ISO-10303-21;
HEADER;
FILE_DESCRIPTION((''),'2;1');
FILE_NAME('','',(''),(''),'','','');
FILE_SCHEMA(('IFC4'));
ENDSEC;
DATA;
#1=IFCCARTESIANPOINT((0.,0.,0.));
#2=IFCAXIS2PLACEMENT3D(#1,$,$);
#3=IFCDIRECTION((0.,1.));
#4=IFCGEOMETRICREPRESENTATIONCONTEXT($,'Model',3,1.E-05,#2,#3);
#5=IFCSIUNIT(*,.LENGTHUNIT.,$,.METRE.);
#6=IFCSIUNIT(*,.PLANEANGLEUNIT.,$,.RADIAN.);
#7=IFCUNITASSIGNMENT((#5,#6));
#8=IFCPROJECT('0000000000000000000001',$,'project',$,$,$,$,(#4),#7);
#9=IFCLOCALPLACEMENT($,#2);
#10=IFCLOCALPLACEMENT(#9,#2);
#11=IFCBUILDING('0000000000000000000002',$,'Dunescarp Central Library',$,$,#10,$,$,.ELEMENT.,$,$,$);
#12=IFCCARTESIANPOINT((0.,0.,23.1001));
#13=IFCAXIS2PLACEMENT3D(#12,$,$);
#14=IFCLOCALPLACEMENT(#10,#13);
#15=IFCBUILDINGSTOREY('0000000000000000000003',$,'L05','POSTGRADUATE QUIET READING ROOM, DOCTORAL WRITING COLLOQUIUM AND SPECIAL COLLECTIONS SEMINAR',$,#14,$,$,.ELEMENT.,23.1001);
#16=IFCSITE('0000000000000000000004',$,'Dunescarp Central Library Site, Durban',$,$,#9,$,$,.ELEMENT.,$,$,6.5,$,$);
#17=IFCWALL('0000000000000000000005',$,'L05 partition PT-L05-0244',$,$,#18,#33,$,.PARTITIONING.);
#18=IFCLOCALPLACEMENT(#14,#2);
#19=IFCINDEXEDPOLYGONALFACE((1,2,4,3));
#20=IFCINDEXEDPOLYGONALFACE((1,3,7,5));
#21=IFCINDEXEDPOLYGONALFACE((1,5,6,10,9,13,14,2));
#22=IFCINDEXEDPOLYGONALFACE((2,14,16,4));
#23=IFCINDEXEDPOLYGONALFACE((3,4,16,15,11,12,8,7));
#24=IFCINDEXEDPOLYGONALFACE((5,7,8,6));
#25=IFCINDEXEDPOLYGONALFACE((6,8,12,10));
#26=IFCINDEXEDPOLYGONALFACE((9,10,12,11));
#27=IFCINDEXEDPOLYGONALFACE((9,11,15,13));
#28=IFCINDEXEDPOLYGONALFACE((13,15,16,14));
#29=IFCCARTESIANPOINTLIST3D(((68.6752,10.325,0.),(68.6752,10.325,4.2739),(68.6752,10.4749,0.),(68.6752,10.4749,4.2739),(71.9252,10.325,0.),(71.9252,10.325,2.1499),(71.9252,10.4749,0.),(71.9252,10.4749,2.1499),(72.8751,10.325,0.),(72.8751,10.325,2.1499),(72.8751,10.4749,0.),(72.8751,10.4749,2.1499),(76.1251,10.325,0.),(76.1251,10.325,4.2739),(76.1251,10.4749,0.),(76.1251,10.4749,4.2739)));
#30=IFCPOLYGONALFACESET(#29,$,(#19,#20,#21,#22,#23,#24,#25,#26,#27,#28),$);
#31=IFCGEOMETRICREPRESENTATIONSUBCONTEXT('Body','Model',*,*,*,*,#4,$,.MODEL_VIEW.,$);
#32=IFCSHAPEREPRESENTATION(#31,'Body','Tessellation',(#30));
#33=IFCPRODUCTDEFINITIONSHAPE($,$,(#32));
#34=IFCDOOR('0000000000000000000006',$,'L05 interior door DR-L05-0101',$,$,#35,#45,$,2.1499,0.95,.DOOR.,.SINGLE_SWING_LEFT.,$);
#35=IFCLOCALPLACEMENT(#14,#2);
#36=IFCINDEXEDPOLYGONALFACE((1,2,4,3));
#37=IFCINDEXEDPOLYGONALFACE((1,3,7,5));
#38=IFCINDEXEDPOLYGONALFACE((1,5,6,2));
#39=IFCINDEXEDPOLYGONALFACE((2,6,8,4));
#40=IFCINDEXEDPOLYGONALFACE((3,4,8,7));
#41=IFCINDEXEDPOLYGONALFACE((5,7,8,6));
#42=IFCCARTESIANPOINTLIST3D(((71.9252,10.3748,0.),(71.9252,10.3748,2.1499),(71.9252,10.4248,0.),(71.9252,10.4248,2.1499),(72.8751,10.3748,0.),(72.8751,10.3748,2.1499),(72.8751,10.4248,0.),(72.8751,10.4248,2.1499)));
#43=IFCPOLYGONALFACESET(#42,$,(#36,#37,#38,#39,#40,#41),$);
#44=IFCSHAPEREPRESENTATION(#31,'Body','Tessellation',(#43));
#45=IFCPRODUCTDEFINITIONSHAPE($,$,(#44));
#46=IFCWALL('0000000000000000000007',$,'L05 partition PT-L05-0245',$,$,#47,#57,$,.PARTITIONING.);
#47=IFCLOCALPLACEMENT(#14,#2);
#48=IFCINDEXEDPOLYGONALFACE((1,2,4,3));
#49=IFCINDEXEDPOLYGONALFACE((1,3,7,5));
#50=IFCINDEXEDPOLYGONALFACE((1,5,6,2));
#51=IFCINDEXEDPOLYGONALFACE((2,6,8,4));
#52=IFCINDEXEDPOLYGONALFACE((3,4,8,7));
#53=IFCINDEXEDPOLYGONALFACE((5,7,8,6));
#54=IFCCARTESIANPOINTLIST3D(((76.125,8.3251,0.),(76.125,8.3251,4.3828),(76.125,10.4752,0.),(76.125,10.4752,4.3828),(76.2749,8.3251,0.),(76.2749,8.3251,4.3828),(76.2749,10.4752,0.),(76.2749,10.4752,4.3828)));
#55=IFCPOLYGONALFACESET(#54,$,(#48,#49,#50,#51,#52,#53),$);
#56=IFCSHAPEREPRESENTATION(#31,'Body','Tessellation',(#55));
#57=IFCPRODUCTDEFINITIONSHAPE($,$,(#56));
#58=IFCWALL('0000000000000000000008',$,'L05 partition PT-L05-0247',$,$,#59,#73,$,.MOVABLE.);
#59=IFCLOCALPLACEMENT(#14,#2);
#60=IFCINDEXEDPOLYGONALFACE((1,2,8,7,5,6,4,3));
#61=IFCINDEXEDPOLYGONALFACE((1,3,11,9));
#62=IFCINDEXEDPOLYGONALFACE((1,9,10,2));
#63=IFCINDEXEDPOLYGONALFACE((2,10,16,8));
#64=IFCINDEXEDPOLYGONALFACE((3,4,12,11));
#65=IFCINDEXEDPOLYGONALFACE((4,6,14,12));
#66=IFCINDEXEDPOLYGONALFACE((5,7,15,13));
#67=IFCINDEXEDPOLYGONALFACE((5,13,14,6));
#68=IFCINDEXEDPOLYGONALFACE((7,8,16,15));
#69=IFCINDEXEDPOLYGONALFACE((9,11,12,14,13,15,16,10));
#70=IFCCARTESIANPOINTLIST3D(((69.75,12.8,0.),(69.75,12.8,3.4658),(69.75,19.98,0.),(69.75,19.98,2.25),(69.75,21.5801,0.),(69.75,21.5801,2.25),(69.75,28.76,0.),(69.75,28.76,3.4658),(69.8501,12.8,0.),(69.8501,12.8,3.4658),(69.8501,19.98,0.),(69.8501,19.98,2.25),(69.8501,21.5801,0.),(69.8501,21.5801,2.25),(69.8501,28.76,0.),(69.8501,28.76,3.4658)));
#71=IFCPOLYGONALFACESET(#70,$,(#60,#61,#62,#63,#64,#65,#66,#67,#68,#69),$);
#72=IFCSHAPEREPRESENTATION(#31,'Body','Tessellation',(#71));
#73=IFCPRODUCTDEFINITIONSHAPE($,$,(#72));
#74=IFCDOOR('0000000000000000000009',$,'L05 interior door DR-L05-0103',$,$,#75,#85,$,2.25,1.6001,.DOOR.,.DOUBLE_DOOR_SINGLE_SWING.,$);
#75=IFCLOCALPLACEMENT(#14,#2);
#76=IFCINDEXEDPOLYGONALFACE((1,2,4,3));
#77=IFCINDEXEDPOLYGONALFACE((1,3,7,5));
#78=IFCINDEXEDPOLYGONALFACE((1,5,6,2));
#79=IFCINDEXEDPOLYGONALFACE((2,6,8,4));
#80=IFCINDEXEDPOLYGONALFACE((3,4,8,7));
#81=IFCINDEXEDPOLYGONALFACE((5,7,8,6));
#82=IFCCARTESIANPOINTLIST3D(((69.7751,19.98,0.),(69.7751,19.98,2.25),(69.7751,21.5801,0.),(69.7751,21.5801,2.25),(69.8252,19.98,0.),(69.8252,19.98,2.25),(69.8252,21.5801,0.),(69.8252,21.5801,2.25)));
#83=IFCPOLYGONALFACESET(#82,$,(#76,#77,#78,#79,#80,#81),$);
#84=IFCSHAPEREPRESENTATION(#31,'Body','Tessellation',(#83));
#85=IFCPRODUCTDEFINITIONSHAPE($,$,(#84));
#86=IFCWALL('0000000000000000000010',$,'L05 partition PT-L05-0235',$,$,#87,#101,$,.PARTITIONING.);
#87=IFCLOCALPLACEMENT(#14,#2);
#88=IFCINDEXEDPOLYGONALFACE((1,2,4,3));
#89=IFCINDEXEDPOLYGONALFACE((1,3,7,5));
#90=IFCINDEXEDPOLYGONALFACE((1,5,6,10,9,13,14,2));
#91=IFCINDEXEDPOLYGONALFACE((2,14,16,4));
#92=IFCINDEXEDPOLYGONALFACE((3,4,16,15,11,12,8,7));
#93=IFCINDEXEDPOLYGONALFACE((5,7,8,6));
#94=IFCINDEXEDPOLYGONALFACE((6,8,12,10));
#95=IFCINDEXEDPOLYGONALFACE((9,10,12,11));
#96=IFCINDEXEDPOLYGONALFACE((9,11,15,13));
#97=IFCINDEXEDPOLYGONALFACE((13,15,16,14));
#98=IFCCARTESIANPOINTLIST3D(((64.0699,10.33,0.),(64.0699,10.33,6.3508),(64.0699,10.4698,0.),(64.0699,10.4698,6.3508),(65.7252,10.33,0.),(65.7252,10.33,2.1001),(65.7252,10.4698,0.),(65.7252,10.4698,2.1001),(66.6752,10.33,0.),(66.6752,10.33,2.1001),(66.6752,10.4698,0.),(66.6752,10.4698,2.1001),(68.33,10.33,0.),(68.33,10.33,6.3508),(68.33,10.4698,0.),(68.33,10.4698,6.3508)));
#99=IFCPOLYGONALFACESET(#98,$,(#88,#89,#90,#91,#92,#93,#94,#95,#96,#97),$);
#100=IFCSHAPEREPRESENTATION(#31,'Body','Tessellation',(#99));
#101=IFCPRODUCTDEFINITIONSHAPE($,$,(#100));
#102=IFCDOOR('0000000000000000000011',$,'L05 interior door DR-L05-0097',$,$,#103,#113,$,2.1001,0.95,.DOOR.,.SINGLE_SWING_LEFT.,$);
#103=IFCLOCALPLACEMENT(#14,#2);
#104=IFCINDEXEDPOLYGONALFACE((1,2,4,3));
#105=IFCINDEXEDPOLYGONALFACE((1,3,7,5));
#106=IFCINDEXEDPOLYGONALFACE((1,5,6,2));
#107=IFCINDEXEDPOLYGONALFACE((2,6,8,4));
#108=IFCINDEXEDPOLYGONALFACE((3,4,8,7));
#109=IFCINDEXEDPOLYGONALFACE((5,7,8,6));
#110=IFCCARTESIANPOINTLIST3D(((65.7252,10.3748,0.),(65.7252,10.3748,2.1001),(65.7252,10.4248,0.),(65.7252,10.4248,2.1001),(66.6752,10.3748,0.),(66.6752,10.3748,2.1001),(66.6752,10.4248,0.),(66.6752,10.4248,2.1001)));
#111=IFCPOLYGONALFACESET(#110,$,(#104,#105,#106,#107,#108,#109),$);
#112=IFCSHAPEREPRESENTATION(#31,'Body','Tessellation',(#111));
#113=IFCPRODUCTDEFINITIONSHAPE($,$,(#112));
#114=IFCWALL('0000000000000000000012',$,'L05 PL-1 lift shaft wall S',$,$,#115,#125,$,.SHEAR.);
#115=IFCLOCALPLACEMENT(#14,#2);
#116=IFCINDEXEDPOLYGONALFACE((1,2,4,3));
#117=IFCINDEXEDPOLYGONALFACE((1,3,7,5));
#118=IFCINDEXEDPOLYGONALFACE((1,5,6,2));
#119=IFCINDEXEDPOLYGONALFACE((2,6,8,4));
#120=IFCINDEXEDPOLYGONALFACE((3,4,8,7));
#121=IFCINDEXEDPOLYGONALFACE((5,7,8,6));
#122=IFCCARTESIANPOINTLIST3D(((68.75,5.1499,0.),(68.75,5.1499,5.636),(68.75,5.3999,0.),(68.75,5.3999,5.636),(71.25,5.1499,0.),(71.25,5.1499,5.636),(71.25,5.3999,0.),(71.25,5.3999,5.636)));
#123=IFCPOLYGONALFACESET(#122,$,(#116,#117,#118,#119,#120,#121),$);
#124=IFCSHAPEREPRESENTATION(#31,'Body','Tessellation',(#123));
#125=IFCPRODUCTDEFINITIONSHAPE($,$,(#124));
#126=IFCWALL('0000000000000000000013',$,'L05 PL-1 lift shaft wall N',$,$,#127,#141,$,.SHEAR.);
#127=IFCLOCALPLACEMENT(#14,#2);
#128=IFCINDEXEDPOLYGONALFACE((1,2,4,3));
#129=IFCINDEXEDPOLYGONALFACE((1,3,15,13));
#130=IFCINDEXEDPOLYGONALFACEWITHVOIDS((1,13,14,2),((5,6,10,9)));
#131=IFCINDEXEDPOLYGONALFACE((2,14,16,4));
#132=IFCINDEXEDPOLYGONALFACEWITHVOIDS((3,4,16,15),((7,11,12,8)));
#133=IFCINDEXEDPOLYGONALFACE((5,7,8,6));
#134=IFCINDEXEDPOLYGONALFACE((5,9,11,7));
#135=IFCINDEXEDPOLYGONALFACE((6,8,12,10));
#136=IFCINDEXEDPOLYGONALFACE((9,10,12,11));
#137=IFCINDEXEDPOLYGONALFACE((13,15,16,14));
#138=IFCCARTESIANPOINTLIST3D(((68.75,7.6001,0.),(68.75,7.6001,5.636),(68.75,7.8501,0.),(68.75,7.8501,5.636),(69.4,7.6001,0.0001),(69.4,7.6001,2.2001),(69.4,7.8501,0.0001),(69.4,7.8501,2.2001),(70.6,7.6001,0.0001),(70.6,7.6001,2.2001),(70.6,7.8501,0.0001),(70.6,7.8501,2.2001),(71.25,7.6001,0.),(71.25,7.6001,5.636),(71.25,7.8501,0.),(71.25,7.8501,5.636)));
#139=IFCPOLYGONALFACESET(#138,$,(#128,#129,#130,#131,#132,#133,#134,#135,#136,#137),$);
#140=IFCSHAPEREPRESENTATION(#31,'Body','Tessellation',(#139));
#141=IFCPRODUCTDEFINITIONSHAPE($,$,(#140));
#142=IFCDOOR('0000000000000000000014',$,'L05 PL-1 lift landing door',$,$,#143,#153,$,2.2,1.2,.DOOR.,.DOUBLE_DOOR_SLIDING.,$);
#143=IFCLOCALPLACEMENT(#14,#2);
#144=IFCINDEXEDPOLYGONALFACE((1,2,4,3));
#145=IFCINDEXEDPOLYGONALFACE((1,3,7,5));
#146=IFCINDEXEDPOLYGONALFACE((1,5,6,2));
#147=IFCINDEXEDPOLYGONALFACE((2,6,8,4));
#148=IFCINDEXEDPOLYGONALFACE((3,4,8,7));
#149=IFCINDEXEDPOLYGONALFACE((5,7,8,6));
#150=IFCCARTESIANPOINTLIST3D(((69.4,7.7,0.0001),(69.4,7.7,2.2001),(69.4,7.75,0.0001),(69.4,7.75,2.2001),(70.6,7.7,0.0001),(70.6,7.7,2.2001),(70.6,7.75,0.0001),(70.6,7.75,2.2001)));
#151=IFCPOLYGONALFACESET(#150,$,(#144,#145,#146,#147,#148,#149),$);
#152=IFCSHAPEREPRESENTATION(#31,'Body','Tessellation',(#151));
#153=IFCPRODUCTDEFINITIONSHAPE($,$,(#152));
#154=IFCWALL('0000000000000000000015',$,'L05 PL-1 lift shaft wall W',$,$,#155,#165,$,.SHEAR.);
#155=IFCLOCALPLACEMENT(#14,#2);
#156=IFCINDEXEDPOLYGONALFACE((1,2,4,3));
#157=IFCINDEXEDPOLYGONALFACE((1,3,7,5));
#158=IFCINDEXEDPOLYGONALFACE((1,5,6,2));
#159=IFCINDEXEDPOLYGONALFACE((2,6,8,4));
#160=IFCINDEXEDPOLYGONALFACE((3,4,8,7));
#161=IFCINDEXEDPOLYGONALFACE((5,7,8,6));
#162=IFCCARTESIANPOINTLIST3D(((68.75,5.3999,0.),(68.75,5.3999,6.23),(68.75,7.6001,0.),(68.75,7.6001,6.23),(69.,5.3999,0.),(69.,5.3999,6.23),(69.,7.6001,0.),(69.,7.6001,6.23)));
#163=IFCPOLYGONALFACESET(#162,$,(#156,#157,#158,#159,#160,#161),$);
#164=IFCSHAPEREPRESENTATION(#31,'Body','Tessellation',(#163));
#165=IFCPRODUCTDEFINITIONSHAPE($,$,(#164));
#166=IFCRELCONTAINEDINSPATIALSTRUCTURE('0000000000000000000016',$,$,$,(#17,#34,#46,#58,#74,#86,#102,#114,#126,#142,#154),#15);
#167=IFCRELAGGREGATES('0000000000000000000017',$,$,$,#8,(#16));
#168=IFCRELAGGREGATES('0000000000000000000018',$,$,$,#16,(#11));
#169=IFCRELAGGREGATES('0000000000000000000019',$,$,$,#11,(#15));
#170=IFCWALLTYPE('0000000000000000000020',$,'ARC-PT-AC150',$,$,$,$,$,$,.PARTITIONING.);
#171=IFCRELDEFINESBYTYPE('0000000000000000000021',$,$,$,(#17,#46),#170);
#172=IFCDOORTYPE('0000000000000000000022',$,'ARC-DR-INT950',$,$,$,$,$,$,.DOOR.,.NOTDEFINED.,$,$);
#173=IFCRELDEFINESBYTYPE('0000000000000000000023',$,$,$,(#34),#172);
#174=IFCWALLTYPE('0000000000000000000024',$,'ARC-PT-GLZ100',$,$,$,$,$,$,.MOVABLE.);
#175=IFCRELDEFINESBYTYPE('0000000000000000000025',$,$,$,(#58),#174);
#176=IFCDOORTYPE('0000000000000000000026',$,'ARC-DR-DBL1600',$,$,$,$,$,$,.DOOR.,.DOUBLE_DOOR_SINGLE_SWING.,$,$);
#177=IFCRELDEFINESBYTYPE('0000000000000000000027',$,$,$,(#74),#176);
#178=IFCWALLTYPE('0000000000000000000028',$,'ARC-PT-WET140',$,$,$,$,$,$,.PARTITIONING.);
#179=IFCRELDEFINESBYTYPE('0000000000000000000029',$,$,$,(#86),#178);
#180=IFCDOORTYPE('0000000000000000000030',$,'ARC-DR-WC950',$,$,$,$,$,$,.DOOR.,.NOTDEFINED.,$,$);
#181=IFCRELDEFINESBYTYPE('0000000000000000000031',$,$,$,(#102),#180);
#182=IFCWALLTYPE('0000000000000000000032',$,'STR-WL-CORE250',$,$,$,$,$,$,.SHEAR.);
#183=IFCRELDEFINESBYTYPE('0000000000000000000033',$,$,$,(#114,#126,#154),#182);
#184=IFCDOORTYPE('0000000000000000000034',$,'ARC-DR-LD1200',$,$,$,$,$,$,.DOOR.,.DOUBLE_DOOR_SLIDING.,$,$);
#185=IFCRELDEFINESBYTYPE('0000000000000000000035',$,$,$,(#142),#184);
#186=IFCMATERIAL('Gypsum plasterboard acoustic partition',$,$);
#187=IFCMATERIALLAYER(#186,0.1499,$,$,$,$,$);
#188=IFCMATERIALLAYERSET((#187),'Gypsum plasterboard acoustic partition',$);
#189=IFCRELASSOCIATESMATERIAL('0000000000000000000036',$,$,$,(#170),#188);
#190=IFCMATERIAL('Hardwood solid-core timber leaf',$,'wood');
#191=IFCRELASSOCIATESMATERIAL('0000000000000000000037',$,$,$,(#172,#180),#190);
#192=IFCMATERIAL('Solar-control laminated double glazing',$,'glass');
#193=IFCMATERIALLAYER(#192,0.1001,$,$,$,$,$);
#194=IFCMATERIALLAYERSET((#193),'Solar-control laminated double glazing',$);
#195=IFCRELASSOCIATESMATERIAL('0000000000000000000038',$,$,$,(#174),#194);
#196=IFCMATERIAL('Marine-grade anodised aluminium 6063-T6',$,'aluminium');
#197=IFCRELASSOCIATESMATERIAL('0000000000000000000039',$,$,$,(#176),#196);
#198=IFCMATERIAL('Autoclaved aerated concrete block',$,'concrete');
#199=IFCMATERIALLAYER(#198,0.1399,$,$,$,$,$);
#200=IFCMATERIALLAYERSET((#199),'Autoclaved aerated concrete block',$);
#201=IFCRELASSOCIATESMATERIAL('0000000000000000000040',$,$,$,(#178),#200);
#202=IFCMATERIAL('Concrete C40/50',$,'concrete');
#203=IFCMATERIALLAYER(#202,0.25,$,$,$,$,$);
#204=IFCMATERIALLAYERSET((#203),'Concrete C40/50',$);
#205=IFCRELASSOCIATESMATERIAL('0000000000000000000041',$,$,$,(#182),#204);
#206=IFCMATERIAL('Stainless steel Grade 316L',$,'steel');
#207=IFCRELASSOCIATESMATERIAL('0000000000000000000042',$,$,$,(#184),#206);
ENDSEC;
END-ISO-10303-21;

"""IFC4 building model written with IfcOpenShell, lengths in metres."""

from ifc_helpers import new_model, si_unit, direction, frame, frame_2d, origin, place, context, subcontext, project, spatial, rectangle, extrude, material, layer, layer_set, type_object, element, fill, save


model = new_model("IFC4")

# Units and contexts
model_context = context("Model", 3, precision=1e-05, world=origin(), true_north=direction((0.0, 1.0)))
body_context = subcontext(model_context, "Body", "Model", "MODEL_VIEW")
ifc_project = project(units=[si_unit("LENGTHUNIT", "METRE"), si_unit("PLANEANGLEUNIT", "RADIAN")], contexts=[model_context])

# Site, building, storey
site_placement = place(None, origin())
site = spatial("IfcSite", under=ifc_project, at=site_placement, Name="Dunescarp Central Library Site, Durban", CompositionType="ELEMENT", RefElevation=6.5)
building_placement = place(site_placement, origin())
building = spatial("IfcBuilding", under=site, at=building_placement, Name="Dunescarp Central Library", CompositionType="ELEMENT")
storey_placement = place(building_placement, frame((0.0, 0.0, 23.1001)))
storey = spatial("IfcBuildingStorey", under=building, at=storey_placement, Name="L05", Description="POSTGRADUATE QUIET READING ROOM, DOCTORAL WRITING COLLOQUIUM AND SPECIAL COLLECTIONS SEMINAR", CompositionType="ELEMENT", Elevation=23.1001)

# Shared definitions
ifc_material_1 = material(Name="Gypsum plasterboard acoustic partition")
ifc_layer_1 = layer(ifc_material_1, 0.1499)
ifc_layer_set_1 = layer_set([ifc_layer_1], Name="Gypsum plasterboard acoustic partition")
wall_type_1 = type_object("IfcWallType", Name="ARC-PT-AC150", PredefinedType="PARTITIONING", material=ifc_layer_set_1)

# Wall, opening, door
wall_1_placement = place(storey_placement, frame((68.675, 10.3999, 0.0), z_axis=(0.0, 0.0, 1.0), x_axis=(1.0, 0.0, 0.0)))
wall_1 = element("IfcWall", 1, at=wall_1_placement, inside=storey, type_object=wall_type_1, Name="L05 partition PT-L05-0244", PredefinedType="PARTITIONING", context=body_context, shape_type="SweptSolid", body=[
    extrude(rectangle(XDim=7.45, YDim=0.1499, at=frame_2d((3.7251, 0.0))), origin(), (0.0, 0.0, 1.0), 4.2739),
])
opening_1_placement = place(wall_1_placement, frame((3.25, 0.0, 0.0)))
opening_1 = element("IfcOpeningElement", 2, at=opening_1_placement, cuts=wall_1, PredefinedType="OPENING", context=body_context, shape_type="SweptSolid", body=[
    extrude(rectangle(XDim=0.95, YDim=2.1499, at=frame_2d((0.4751, 1.075))), frame((0.0, 0.085, 0.0), z_axis=(0.0, -1.0, 0.0), x_axis=(1.0, 0.0, 0.0)), (0.0, 0.0, 1.0), 0.1699),
])
ifc_material_2 = material(Name="Hardwood solid-core timber leaf", Category="wood")
door_type_1 = type_object("IfcDoorType", Name="ARC-DR-INT950", OperationType="NOTDEFINED", PredefinedType="DOOR", material=ifc_material_2)
door_1_placement = place(opening_1_placement, origin())
door_1 = element("IfcDoor", 3, at=door_1_placement, inside=storey, type_object=door_type_1, Name="L05 interior door DR-L05-0101", OperationType="SINGLE_SWING_LEFT", OverallHeight=2.1499, OverallWidth=0.95, PredefinedType="DOOR", context=body_context, shape_type="SweptSolid", body=[
    extrude(rectangle(XDim=0.95, YDim=2.1499, at=frame_2d((0.4751, 1.075))), frame((0.0, 0.0249, 0.0), z_axis=(0.0, -1.0, 0.0), x_axis=(1.0, 0.0, 0.0)), (0.0, 0.0, 1.0), 0.05),
])
fill(opening_1, door_1)

# Wall
wall_2_placement = place(storey_placement, frame((76.2, 8.325, 0.0), z_axis=(0.0, 0.0, 1.0), x_axis=(0.0, 1.0, 0.0)))
element("IfcWall", 4, at=wall_2_placement, inside=storey, type_object=wall_type_1, Name="L05 partition PT-L05-0245", PredefinedType="PARTITIONING", context=body_context, shape_type="SweptSolid", body=[
    extrude(rectangle(XDim=2.1501, YDim=0.1499, at=frame_2d((1.0752, 0.0))), origin(), (0.0, 0.0, 1.0), 4.3828),
])

# Walls, openings, doors
ifc_material_3 = material(Name="Solar-control laminated double glazing", Category="glass")
ifc_layer_2 = layer(ifc_material_3, 0.1001)
ifc_layer_set_2 = layer_set([ifc_layer_2], Name="Solar-control laminated double glazing")
wall_type_2 = type_object("IfcWallType", Name="ARC-PT-GLZ100", PredefinedType="MOVABLE", material=ifc_layer_set_2)
wall_3_placement = place(storey_placement, frame((69.8, 12.8, 0.0), z_axis=(0.0, 0.0, 1.0), x_axis=(0.0, 1.0, 0.0)))
wall_3 = element("IfcWall", 5, at=wall_3_placement, inside=storey, type_object=wall_type_2, Name="L05 partition PT-L05-0247", PredefinedType="MOVABLE", context=body_context, shape_type="SweptSolid", body=[
    extrude(rectangle(XDim=15.96, YDim=0.1001, at=frame_2d((7.98, 0.0))), origin(), (0.0, 0.0, 1.0), 3.4658),
])
opening_2_placement = place(wall_3_placement, frame((7.1799, 0.0, 0.0)))
opening_2 = element("IfcOpeningElement", 6, at=opening_2_placement, cuts=wall_3, PredefinedType="OPENING", context=body_context, shape_type="SweptSolid", body=[
    extrude(rectangle(XDim=1.6001, YDim=2.25, at=frame_2d((0.8, 1.125))), frame((0.0, 0.0601, 0.0), z_axis=(0.0, -1.0, 0.0), x_axis=(1.0, 0.0, 0.0)), (0.0, 0.0, 1.0), 0.1201),
])
ifc_material_4 = material(Name="Marine-grade anodised aluminium 6063-T6", Category="aluminium")
door_type_2 = type_object("IfcDoorType", Name="ARC-DR-DBL1600", OperationType="DOUBLE_DOOR_SINGLE_SWING", PredefinedType="DOOR", material=ifc_material_4)
door_2_placement = place(opening_2_placement, origin())
door_2 = element("IfcDoor", 7, at=door_2_placement, inside=storey, type_object=door_type_2, Name="L05 interior door DR-L05-0103", OperationType="DOUBLE_DOOR_SINGLE_SWING", OverallHeight=2.25, OverallWidth=1.6001, PredefinedType="DOOR", context=body_context, shape_type="SweptSolid", body=[
    extrude(rectangle(XDim=1.6001, YDim=2.25, at=frame_2d((0.8, 1.125))), frame((0.0, 0.0249, 0.0), z_axis=(0.0, -1.0, 0.0), x_axis=(1.0, 0.0, 0.0)), (0.0, 0.0, 1.0), 0.05),
])
fill(opening_2, door_2)
ifc_material_5 = material(Name="Autoclaved aerated concrete block", Category="concrete")
ifc_layer_3 = layer(ifc_material_5, 0.1399)
ifc_layer_set_3 = layer_set([ifc_layer_3], Name="Autoclaved aerated concrete block")
wall_type_3 = type_object("IfcWallType", Name="ARC-PT-WET140", PredefinedType="PARTITIONING", material=ifc_layer_set_3)
wall_4_placement = place(storey_placement, frame((64.0701, 10.3999, 0.0), z_axis=(0.0, 0.0, 1.0), x_axis=(1.0, 0.0, 0.0)))
wall_4 = element("IfcWall", 8, at=wall_4_placement, inside=storey, type_object=wall_type_3, Name="L05 partition PT-L05-0235", PredefinedType="PARTITIONING", context=body_context, shape_type="SweptSolid", body=[
    extrude(rectangle(XDim=4.26, YDim=0.1399, at=frame_2d((2.1299, 0.0))), origin(), (0.0, 0.0, 1.0), 6.3508),
])
opening_3_placement = place(wall_4_placement, frame((1.655, 0.0, 0.0)))
opening_3 = element("IfcOpeningElement", 9, at=opening_3_placement, cuts=wall_4, PredefinedType="OPENING", context=body_context, shape_type="SweptSolid", body=[
    extrude(rectangle(XDim=0.95, YDim=2.1001, at=frame_2d((0.4751, 1.05))), frame((0.0, 0.0801, 0.0), z_axis=(0.0, -1.0, 0.0), x_axis=(1.0, 0.0, 0.0)), (0.0, 0.0, 1.0), 0.1599),
])
door_type_3 = type_object("IfcDoorType", Name="ARC-DR-WC950", OperationType="NOTDEFINED", PredefinedType="DOOR", material=ifc_material_2)
door_3_placement = place(opening_3_placement, origin())
door_3 = element("IfcDoor", 10, at=door_3_placement, inside=storey, type_object=door_type_3, Name="L05 interior door DR-L05-0097", OperationType="SINGLE_SWING_LEFT", OverallHeight=2.1001, OverallWidth=0.95, PredefinedType="DOOR", context=body_context, shape_type="SweptSolid", body=[
    extrude(rectangle(XDim=0.95, YDim=2.1001, at=frame_2d((0.4751, 1.05))), frame((0.0, 0.0249, 0.0), z_axis=(0.0, -1.0, 0.0), x_axis=(1.0, 0.0, 0.0)), (0.0, 0.0, 1.0), 0.05),
])
fill(opening_3, door_3)

# Wall
ifc_material_6 = material(Name="Concrete C40/50", Category="concrete")
ifc_layer_4 = layer(ifc_material_6, 0.25)
ifc_layer_set_4 = layer_set([ifc_layer_4], Name="Concrete C40/50")
wall_type_4 = type_object("IfcWallType", Name="STR-WL-CORE250", PredefinedType="SHEAR", material=ifc_layer_set_4)
wall_5_placement = place(storey_placement, frame((71.25, 5.2749, 0.0), z_axis=(0.0, 0.0, 1.0), x_axis=(-1.0, 0.0, 0.0)))
element("IfcWall", 11, at=wall_5_placement, inside=storey, type_object=wall_type_4, Name="L05 PL-1 lift shaft wall S", PredefinedType="SHEAR", context=body_context, shape_type="SweptSolid", body=[
    extrude(rectangle(XDim=2.5, YDim=0.25, at=frame_2d((1.25, 0.0))), origin(), (0.0, 0.0, 1.0), 5.636),
])

# Wall, opening, door
wall_6_placement = place(storey_placement, frame((68.75, 7.7251, 0.0), z_axis=(0.0, 0.0, 1.0), x_axis=(1.0, 0.0, 0.0)))
wall_6 = element("IfcWall", 12, at=wall_6_placement, inside=storey, type_object=wall_type_4, Name="L05 PL-1 lift shaft wall N", PredefinedType="SHEAR", context=body_context, shape_type="SweptSolid", body=[
    extrude(rectangle(XDim=2.5, YDim=0.25, at=frame_2d((1.25, 0.0))), origin(), (0.0, 0.0, 1.0), 5.636),
])
opening_4_placement = place(wall_6_placement, frame((0.6499, 0.0, 0.0)))
opening_4 = element("IfcOpeningElement", 13, at=opening_4_placement, cuts=wall_6, PredefinedType="OPENING", context=body_context, shape_type="SweptSolid", body=[
    extrude(rectangle(XDim=1.2, YDim=2.2, at=frame_2d((0.6001, 1.1001))), frame((0.0, 0.135, 0.0), z_axis=(0.0, -1.0, 0.0), x_axis=(1.0, 0.0, 0.0)), (0.0, 0.0, 1.0), 0.27),
])
ifc_material_7 = material(Name="Stainless steel Grade 316L", Category="steel")
door_type_4 = type_object("IfcDoorType", Name="ARC-DR-LD1200", OperationType="DOUBLE_DOOR_SLIDING", PredefinedType="DOOR", material=ifc_material_7)
door_4_placement = place(opening_4_placement, origin())
door_4 = element("IfcDoor", 14, at=door_4_placement, inside=storey, type_object=door_type_4, Name="L05 PL-1 lift landing door", OperationType="DOUBLE_DOOR_SLIDING", OverallHeight=2.2, OverallWidth=1.2, PredefinedType="DOOR", context=body_context, shape_type="SweptSolid", body=[
    extrude(rectangle(XDim=1.2, YDim=2.2, at=frame_2d((0.6001, 1.1001))), frame((0.0, 0.0249, 0.0), z_axis=(0.0, -1.0, 0.0), x_axis=(1.0, 0.0, 0.0)), (0.0, 0.0, 1.0), 0.05),
])
fill(opening_4, door_4)

# Wall
wall_7_placement = place(storey_placement, frame((68.875, 5.3999, 0.0), z_axis=(0.0, 0.0, 1.0), x_axis=(0.0, 1.0, 0.0)))
element("IfcWall", 15, at=wall_7_placement, inside=storey, type_object=wall_type_4, Name="L05 PL-1 lift shaft wall W", PredefinedType="SHEAR", context=body_context, shape_type="SweptSolid", body=[
    extrude(rectangle(XDim=2.2002, YDim=0.25, at=frame_2d((1.1001, 0.0))), origin(), (0.0, 0.0, 1.0), 6.23),
])

save(model, "model.ifc")
